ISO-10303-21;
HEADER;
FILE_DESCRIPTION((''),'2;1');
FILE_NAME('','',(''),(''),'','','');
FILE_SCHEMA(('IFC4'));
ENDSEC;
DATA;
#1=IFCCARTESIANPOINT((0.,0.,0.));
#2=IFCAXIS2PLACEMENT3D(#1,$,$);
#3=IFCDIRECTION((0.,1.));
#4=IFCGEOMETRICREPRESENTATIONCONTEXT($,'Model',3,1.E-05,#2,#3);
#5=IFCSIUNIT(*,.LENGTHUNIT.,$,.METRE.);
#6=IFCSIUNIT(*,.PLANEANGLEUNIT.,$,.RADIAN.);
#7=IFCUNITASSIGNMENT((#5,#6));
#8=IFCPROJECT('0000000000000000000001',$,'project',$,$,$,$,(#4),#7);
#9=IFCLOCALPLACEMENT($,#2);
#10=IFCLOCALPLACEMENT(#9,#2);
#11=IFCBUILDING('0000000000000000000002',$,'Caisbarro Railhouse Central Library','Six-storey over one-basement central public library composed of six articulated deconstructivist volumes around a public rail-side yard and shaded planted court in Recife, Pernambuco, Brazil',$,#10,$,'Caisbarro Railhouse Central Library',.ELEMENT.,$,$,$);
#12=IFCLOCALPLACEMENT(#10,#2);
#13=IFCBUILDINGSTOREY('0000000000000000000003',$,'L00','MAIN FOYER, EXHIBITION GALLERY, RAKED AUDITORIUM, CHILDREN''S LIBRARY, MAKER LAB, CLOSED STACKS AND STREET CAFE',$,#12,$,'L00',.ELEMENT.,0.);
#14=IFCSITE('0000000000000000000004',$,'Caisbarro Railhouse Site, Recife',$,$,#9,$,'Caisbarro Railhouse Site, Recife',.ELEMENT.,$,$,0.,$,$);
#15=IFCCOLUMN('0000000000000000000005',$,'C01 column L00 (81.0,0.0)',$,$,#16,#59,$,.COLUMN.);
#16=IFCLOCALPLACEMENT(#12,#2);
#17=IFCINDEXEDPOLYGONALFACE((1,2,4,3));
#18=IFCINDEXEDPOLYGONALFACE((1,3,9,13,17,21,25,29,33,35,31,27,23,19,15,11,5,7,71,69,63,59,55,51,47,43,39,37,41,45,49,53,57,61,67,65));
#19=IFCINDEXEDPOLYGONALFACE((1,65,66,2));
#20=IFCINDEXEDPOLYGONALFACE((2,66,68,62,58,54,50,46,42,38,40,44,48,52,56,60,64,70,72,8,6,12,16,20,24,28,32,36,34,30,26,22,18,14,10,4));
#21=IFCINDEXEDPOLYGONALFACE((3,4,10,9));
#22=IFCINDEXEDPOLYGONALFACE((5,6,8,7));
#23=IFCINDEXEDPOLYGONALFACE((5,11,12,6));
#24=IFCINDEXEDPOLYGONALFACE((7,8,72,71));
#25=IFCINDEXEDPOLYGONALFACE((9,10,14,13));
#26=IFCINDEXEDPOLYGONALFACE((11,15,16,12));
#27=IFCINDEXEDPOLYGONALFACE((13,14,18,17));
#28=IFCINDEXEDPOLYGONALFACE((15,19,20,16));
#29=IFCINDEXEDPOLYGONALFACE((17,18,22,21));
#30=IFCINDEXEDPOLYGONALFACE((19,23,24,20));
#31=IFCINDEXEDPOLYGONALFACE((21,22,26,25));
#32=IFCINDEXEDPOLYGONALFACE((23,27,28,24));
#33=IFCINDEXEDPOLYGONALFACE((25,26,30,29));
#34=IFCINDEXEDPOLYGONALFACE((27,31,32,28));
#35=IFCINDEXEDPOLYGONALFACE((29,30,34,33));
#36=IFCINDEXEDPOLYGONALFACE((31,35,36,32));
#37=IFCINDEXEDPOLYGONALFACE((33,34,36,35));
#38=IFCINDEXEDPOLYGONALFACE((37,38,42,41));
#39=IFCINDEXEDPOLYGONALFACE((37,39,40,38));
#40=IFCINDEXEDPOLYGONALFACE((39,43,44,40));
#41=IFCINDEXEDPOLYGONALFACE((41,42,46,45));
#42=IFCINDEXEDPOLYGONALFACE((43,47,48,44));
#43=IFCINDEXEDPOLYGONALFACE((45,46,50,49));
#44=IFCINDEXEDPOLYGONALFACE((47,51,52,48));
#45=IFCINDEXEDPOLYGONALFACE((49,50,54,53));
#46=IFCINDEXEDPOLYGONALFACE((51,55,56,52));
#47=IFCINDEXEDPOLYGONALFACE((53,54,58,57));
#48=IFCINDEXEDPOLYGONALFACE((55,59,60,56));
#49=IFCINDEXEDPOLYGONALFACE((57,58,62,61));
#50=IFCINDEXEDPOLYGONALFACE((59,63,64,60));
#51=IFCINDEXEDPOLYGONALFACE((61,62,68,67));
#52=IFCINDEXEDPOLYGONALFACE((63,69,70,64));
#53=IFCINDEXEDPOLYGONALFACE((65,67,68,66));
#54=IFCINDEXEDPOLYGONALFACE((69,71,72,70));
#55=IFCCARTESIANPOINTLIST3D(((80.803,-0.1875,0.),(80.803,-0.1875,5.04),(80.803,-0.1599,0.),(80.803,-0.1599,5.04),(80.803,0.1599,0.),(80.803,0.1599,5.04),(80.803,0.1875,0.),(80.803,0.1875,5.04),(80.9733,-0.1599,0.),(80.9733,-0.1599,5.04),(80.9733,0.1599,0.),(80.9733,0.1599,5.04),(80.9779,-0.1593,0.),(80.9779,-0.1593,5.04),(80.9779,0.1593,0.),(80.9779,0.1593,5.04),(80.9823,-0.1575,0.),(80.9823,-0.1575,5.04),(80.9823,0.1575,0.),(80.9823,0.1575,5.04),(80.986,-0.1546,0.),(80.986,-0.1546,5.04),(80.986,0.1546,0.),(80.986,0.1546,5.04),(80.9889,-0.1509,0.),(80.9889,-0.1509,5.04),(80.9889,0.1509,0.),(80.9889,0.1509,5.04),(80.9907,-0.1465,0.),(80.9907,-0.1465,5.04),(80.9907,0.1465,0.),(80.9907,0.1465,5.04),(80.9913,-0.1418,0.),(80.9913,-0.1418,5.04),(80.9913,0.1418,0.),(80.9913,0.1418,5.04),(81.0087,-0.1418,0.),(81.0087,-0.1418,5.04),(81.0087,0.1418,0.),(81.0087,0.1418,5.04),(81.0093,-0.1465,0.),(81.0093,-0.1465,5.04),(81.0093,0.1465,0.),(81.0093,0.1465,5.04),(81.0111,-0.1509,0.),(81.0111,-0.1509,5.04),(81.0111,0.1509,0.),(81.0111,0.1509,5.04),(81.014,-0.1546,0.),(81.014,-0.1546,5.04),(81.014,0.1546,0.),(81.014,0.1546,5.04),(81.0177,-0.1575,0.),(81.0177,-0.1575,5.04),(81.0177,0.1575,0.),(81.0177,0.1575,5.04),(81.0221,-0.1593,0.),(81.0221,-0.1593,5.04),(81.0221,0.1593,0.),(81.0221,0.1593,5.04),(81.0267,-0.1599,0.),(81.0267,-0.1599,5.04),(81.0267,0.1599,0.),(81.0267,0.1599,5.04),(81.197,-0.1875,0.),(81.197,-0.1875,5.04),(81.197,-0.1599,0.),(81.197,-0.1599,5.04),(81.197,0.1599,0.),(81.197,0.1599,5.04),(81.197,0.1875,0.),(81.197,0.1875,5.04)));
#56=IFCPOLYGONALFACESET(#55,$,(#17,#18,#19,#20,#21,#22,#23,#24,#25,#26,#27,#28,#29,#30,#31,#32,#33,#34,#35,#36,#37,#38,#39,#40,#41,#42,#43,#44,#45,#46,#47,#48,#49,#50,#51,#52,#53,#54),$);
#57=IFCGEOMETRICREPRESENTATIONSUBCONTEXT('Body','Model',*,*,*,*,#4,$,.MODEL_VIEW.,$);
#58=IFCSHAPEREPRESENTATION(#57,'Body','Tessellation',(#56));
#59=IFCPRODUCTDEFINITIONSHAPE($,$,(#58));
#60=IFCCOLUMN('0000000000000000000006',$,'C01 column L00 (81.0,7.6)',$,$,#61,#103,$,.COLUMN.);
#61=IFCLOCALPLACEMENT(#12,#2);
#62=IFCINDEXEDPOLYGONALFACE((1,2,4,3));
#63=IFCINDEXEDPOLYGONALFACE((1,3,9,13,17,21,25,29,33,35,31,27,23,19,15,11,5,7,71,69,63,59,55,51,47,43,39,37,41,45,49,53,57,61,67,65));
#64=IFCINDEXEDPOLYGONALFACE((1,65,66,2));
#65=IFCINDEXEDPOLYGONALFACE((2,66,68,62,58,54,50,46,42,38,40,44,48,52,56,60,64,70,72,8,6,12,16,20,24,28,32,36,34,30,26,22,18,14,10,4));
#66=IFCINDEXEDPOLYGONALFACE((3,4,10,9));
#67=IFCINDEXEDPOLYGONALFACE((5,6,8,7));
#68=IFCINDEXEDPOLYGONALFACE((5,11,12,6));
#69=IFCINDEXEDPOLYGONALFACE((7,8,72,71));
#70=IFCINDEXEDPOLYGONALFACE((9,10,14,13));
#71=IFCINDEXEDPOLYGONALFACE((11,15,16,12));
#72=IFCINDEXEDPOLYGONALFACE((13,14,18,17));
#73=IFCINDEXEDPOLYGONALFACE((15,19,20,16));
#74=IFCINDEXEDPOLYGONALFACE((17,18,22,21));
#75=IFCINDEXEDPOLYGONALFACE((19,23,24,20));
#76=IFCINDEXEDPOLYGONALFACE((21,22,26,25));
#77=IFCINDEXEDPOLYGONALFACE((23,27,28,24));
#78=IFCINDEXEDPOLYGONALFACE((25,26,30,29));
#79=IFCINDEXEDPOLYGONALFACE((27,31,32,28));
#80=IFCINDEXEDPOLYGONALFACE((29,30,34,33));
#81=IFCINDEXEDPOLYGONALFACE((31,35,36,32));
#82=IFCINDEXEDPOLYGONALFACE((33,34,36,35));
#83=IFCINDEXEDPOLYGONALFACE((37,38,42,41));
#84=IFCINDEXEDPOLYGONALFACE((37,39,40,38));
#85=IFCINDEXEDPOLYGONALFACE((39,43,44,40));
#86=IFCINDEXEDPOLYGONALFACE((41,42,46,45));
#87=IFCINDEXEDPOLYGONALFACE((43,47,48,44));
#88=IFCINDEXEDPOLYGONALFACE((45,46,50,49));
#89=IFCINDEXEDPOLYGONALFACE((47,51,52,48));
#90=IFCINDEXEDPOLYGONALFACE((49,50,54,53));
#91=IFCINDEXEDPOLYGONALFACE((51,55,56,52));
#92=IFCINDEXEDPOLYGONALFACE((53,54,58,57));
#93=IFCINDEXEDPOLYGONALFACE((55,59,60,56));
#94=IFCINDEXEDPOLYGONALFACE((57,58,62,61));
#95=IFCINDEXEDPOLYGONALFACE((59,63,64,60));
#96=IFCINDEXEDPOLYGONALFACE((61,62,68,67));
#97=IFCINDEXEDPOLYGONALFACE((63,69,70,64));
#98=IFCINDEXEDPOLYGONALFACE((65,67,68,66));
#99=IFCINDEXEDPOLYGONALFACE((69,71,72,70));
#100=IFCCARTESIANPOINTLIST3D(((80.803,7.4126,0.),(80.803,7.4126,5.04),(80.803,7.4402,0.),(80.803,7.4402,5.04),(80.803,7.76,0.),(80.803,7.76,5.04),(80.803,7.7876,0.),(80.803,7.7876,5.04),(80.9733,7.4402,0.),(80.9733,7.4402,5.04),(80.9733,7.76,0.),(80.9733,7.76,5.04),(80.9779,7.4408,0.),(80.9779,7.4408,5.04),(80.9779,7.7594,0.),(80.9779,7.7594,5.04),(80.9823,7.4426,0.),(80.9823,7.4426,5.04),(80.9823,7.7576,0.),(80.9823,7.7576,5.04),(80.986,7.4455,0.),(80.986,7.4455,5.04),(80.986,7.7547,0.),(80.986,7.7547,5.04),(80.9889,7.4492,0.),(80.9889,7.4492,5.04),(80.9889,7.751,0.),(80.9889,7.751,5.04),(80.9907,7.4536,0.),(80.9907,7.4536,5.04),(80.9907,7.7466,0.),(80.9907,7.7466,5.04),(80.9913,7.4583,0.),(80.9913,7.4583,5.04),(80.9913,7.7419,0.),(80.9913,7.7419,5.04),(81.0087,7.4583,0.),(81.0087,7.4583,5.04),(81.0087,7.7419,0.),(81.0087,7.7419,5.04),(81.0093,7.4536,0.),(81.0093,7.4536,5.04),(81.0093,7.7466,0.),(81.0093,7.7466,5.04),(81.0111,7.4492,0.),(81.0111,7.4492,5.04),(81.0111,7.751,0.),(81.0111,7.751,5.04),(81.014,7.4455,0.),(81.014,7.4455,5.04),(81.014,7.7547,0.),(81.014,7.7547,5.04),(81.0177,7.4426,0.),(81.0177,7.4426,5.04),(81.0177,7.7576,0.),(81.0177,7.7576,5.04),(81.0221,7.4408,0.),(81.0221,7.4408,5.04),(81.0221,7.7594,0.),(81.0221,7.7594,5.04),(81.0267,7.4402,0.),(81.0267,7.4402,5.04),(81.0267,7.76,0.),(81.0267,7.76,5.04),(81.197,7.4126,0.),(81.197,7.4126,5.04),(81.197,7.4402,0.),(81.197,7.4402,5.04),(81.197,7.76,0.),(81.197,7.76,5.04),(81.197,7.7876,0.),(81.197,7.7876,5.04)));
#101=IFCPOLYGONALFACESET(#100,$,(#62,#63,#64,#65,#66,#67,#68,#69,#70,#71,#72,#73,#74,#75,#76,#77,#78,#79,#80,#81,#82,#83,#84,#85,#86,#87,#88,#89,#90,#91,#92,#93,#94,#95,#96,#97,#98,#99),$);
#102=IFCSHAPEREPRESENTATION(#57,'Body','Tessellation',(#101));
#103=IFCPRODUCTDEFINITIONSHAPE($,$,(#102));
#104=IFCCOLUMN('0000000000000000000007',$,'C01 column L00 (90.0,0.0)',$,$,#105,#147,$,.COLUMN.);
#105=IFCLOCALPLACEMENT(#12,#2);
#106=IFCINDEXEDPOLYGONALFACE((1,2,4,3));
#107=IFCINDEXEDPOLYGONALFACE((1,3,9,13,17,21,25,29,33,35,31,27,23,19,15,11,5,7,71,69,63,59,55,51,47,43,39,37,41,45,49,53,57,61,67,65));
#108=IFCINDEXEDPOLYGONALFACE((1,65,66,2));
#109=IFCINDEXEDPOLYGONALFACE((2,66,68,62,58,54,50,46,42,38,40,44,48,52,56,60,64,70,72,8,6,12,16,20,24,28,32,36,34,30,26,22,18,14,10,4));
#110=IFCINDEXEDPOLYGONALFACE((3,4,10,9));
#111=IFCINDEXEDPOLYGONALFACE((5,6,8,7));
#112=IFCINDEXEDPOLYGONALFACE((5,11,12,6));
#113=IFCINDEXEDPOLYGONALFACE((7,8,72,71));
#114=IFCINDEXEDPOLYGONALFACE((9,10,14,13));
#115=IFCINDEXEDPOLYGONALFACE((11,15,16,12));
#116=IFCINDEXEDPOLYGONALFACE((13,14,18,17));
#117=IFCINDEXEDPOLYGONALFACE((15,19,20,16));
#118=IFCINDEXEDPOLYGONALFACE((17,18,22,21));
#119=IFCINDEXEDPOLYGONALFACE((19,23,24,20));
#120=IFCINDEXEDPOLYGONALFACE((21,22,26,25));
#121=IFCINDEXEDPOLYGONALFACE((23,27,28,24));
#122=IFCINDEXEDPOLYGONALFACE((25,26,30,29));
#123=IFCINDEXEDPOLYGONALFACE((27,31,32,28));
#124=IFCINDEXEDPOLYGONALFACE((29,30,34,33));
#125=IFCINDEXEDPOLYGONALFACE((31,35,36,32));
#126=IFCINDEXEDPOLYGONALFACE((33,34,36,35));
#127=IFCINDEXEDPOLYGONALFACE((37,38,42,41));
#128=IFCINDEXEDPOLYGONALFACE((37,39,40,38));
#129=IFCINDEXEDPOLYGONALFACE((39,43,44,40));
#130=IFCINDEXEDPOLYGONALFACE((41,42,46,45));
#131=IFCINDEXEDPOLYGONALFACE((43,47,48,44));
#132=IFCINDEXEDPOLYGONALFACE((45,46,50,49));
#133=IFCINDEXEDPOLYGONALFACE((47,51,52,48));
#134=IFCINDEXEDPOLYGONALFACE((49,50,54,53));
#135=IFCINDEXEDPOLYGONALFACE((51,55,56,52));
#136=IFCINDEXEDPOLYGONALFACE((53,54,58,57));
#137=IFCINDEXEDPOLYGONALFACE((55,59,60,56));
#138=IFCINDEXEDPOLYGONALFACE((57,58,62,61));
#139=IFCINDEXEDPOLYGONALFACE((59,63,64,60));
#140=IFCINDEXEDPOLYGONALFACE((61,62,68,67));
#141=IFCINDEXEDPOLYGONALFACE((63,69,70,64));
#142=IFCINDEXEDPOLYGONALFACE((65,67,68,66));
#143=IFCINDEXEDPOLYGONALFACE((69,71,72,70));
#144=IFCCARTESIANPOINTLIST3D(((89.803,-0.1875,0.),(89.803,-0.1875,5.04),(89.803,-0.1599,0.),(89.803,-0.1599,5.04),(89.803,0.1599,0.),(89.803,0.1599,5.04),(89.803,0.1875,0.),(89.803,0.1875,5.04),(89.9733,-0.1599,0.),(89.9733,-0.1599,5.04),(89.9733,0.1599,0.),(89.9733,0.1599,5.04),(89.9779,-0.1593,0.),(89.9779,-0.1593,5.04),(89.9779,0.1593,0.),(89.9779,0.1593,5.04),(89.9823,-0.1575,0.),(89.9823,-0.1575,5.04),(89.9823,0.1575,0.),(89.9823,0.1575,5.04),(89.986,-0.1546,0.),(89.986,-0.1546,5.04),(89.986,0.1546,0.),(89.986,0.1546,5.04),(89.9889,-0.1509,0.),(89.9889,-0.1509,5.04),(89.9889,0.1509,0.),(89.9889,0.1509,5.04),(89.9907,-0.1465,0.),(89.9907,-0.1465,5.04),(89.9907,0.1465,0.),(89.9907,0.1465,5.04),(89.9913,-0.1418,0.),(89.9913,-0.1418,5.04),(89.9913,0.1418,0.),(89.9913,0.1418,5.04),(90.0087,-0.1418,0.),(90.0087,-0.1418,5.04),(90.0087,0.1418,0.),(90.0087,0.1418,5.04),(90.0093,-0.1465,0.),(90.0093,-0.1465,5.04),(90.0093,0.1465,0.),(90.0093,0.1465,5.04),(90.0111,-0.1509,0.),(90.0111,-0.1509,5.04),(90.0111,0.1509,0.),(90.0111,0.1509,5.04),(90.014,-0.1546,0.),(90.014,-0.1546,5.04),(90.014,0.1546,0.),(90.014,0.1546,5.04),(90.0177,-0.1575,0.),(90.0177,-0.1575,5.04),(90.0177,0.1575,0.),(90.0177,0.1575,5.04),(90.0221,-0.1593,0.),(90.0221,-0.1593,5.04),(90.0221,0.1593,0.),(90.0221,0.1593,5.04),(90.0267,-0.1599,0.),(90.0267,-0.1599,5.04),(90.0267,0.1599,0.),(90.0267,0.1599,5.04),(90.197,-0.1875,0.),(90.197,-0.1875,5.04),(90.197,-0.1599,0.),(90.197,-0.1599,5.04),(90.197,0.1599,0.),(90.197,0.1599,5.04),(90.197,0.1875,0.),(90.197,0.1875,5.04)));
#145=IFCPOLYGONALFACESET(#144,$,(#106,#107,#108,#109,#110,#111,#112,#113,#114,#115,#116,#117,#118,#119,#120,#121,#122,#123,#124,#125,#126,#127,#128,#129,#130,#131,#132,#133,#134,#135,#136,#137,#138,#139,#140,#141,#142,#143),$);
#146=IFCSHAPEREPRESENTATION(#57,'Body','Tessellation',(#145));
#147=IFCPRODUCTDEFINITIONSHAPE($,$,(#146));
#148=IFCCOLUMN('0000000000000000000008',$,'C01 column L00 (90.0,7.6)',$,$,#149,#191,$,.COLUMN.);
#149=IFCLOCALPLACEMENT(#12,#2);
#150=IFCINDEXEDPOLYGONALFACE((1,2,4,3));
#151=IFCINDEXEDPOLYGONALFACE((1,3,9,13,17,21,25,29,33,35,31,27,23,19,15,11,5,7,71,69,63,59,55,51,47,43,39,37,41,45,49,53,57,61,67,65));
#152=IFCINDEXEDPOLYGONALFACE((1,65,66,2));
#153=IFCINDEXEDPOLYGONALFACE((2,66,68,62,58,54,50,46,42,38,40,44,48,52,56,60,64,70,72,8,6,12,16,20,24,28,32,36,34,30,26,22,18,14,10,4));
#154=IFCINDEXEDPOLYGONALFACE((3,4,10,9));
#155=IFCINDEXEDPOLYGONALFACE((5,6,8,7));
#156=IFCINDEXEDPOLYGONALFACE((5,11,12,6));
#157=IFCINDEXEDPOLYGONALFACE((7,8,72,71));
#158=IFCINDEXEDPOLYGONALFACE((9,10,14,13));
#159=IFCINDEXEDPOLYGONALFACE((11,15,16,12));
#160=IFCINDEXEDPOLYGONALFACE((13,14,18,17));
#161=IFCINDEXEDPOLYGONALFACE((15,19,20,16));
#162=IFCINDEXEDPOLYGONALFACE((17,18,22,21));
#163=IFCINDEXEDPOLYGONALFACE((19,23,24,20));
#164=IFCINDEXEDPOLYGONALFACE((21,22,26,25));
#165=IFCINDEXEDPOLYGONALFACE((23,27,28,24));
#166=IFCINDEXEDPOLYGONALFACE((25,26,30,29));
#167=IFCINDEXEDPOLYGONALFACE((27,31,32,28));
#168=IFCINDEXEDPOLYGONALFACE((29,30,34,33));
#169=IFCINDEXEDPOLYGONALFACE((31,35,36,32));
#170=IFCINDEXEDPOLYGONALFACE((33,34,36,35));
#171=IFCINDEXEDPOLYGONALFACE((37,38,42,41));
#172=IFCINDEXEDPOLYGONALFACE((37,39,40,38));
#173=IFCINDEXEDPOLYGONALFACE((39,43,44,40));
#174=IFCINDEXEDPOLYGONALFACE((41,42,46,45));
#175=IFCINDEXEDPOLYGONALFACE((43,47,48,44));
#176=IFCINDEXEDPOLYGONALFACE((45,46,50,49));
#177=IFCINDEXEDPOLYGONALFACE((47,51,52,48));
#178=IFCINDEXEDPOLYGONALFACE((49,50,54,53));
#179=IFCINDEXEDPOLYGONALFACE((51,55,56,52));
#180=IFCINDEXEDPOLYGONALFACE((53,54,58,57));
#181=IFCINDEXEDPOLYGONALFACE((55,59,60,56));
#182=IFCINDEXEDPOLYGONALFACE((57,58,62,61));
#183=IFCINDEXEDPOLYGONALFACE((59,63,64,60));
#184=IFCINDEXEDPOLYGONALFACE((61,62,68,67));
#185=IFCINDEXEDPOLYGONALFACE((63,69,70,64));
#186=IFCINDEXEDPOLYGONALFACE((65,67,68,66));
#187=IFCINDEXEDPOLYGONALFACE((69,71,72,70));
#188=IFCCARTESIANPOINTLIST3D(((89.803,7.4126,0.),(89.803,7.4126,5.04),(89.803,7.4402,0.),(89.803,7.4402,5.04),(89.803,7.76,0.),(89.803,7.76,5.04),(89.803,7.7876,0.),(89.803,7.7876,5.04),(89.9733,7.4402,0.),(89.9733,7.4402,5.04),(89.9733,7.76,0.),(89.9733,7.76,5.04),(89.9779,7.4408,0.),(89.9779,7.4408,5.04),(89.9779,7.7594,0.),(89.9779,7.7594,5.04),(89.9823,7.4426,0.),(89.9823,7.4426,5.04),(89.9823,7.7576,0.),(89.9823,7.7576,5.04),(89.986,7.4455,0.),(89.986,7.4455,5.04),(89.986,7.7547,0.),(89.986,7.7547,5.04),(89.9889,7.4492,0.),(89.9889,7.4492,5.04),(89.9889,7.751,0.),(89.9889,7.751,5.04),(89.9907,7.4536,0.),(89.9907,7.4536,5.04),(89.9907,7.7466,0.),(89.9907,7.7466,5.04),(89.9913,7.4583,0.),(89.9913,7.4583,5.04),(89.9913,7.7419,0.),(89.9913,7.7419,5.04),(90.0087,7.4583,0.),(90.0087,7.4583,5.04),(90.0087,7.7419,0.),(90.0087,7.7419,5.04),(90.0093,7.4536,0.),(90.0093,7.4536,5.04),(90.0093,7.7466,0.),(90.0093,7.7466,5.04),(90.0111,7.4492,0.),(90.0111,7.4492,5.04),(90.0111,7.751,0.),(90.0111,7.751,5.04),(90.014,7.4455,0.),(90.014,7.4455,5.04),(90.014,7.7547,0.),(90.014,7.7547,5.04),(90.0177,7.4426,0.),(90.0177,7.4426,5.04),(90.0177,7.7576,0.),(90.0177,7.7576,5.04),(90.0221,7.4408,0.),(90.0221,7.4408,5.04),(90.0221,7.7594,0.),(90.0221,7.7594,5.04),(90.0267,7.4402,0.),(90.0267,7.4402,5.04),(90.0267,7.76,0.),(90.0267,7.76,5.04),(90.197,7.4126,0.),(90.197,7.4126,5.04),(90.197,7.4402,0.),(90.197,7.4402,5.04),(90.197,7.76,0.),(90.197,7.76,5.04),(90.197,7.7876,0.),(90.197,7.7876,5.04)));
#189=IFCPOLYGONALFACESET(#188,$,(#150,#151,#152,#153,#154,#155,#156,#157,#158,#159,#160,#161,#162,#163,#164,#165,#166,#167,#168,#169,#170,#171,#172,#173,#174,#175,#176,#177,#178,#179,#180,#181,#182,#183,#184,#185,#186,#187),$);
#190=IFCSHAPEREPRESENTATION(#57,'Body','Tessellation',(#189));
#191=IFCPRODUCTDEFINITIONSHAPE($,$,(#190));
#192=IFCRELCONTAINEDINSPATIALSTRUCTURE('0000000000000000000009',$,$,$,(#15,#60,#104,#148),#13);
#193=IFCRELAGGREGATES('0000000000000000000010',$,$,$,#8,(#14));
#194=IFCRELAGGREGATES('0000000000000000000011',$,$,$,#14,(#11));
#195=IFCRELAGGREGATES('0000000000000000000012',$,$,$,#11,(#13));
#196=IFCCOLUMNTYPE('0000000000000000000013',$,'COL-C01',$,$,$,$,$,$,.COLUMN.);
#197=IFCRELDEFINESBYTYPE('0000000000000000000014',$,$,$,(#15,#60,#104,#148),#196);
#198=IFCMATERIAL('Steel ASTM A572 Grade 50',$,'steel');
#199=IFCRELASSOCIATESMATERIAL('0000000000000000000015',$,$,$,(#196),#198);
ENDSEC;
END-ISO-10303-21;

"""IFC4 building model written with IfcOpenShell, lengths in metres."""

from ifc_helpers import new_model, si_unit, direction, frame, origin, origin_2d, place, context, subcontext, project, spatial, i_section, extrude, material, material_profile, profile_set, type_object, element, save


model = new_model("IFC4")

# Units and contexts
model_context = context("Model", 3, precision=1e-05, world=origin(), true_north=direction((0.0, 1.0)))
body_context = subcontext(model_context, "Body", "Model", "MODEL_VIEW")
ifc_project = project(units=[si_unit("LENGTHUNIT", "METRE"), si_unit("PLANEANGLEUNIT", "RADIAN")], contexts=[model_context])

# Site, building, storey
site_placement = place(None, origin())
site = spatial("IfcSite", under=ifc_project, at=site_placement, Name="Caisbarro Railhouse Site, Recife", LongName="Caisbarro Railhouse Site, Recife", CompositionType="ELEMENT", RefElevation=0.0)
building_placement = place(site_placement, origin())
building = spatial("IfcBuilding", under=site, at=building_placement, Name="Caisbarro Railhouse Central Library", Description="Six-storey over one-basement central public library composed of six articulated deconstructivist volumes around a public rail-side yard and shaded planted court in Recife, Pernambuco, Brazil", LongName="Caisbarro Railhouse Central Library", CompositionType="ELEMENT")
storey_placement = place(building_placement, origin())
storey = spatial("IfcBuildingStorey", under=building, at=storey_placement, Name="L00", Description="MAIN FOYER, EXHIBITION GALLERY, RAKED AUDITORIUM, CHILDREN'S LIBRARY, MAKER LAB, CLOSED STACKS AND STREET CAFE", LongName="L00", CompositionType="ELEMENT", Elevation=0.0)

# Columns
ifc_material_1 = material(Name="Steel ASTM A572 Grade 50", Category="steel")
ifc_material_profile_1 = material_profile(ifc_material_1, i_section(OverallWidth=0.394, OverallDepth=0.375, WebThickness=0.0173, FlangeThickness=0.0276, FilletRadius=0.0181, at=origin_2d()), Name="W360X216.0")
ifc_profile_set_1 = profile_set([ifc_material_profile_1], Name="Steel ASTM A572 Grade 50")
column_type = type_object("IfcColumnType", Name="COL-C01", PredefinedType="COLUMN", material=ifc_profile_set_1)
for number, where, z_axis, x_axis, name in (
    (1, (81.0, 0.0, 0.0), (0.0, 0.0, 1.0), (1.0, 0.0, 0.0), "C01 column L00 (81.0,0.0)"),
    (2, (81.0, 7.6001, 0.0), (0.0, 0.0, 1.0), (1.0, 0.0, 0.0), "C01 column L00 (81.0,7.6)"),
    (3, (90.0, 0.0, 0.0), (0.0, 0.0, 1.0), (1.0, 0.0, 0.0), "C01 column L00 (90.0,0.0)"),
    (4, (90.0, 7.6001, 0.0), (0.0, 0.0, 1.0), (1.0, 0.0, 0.0), "C01 column L00 (90.0,7.6)"),
):
    element("IfcColumn", number, at=place(storey_placement, frame(where, z_axis=z_axis, x_axis=x_axis)), inside=storey, type_object=column_type, Name=name, PredefinedType="COLUMN", context=body_context, shape_type="SweptSolid", body=[
        extrude(i_section(OverallWidth=0.394, OverallDepth=0.375, WebThickness=0.0173, FlangeThickness=0.0276, FilletRadius=0.0181, at=origin_2d()), origin(), (0.0, 0.0, 1.0), 5.04),
    ])

save(model, "model.ifc")
